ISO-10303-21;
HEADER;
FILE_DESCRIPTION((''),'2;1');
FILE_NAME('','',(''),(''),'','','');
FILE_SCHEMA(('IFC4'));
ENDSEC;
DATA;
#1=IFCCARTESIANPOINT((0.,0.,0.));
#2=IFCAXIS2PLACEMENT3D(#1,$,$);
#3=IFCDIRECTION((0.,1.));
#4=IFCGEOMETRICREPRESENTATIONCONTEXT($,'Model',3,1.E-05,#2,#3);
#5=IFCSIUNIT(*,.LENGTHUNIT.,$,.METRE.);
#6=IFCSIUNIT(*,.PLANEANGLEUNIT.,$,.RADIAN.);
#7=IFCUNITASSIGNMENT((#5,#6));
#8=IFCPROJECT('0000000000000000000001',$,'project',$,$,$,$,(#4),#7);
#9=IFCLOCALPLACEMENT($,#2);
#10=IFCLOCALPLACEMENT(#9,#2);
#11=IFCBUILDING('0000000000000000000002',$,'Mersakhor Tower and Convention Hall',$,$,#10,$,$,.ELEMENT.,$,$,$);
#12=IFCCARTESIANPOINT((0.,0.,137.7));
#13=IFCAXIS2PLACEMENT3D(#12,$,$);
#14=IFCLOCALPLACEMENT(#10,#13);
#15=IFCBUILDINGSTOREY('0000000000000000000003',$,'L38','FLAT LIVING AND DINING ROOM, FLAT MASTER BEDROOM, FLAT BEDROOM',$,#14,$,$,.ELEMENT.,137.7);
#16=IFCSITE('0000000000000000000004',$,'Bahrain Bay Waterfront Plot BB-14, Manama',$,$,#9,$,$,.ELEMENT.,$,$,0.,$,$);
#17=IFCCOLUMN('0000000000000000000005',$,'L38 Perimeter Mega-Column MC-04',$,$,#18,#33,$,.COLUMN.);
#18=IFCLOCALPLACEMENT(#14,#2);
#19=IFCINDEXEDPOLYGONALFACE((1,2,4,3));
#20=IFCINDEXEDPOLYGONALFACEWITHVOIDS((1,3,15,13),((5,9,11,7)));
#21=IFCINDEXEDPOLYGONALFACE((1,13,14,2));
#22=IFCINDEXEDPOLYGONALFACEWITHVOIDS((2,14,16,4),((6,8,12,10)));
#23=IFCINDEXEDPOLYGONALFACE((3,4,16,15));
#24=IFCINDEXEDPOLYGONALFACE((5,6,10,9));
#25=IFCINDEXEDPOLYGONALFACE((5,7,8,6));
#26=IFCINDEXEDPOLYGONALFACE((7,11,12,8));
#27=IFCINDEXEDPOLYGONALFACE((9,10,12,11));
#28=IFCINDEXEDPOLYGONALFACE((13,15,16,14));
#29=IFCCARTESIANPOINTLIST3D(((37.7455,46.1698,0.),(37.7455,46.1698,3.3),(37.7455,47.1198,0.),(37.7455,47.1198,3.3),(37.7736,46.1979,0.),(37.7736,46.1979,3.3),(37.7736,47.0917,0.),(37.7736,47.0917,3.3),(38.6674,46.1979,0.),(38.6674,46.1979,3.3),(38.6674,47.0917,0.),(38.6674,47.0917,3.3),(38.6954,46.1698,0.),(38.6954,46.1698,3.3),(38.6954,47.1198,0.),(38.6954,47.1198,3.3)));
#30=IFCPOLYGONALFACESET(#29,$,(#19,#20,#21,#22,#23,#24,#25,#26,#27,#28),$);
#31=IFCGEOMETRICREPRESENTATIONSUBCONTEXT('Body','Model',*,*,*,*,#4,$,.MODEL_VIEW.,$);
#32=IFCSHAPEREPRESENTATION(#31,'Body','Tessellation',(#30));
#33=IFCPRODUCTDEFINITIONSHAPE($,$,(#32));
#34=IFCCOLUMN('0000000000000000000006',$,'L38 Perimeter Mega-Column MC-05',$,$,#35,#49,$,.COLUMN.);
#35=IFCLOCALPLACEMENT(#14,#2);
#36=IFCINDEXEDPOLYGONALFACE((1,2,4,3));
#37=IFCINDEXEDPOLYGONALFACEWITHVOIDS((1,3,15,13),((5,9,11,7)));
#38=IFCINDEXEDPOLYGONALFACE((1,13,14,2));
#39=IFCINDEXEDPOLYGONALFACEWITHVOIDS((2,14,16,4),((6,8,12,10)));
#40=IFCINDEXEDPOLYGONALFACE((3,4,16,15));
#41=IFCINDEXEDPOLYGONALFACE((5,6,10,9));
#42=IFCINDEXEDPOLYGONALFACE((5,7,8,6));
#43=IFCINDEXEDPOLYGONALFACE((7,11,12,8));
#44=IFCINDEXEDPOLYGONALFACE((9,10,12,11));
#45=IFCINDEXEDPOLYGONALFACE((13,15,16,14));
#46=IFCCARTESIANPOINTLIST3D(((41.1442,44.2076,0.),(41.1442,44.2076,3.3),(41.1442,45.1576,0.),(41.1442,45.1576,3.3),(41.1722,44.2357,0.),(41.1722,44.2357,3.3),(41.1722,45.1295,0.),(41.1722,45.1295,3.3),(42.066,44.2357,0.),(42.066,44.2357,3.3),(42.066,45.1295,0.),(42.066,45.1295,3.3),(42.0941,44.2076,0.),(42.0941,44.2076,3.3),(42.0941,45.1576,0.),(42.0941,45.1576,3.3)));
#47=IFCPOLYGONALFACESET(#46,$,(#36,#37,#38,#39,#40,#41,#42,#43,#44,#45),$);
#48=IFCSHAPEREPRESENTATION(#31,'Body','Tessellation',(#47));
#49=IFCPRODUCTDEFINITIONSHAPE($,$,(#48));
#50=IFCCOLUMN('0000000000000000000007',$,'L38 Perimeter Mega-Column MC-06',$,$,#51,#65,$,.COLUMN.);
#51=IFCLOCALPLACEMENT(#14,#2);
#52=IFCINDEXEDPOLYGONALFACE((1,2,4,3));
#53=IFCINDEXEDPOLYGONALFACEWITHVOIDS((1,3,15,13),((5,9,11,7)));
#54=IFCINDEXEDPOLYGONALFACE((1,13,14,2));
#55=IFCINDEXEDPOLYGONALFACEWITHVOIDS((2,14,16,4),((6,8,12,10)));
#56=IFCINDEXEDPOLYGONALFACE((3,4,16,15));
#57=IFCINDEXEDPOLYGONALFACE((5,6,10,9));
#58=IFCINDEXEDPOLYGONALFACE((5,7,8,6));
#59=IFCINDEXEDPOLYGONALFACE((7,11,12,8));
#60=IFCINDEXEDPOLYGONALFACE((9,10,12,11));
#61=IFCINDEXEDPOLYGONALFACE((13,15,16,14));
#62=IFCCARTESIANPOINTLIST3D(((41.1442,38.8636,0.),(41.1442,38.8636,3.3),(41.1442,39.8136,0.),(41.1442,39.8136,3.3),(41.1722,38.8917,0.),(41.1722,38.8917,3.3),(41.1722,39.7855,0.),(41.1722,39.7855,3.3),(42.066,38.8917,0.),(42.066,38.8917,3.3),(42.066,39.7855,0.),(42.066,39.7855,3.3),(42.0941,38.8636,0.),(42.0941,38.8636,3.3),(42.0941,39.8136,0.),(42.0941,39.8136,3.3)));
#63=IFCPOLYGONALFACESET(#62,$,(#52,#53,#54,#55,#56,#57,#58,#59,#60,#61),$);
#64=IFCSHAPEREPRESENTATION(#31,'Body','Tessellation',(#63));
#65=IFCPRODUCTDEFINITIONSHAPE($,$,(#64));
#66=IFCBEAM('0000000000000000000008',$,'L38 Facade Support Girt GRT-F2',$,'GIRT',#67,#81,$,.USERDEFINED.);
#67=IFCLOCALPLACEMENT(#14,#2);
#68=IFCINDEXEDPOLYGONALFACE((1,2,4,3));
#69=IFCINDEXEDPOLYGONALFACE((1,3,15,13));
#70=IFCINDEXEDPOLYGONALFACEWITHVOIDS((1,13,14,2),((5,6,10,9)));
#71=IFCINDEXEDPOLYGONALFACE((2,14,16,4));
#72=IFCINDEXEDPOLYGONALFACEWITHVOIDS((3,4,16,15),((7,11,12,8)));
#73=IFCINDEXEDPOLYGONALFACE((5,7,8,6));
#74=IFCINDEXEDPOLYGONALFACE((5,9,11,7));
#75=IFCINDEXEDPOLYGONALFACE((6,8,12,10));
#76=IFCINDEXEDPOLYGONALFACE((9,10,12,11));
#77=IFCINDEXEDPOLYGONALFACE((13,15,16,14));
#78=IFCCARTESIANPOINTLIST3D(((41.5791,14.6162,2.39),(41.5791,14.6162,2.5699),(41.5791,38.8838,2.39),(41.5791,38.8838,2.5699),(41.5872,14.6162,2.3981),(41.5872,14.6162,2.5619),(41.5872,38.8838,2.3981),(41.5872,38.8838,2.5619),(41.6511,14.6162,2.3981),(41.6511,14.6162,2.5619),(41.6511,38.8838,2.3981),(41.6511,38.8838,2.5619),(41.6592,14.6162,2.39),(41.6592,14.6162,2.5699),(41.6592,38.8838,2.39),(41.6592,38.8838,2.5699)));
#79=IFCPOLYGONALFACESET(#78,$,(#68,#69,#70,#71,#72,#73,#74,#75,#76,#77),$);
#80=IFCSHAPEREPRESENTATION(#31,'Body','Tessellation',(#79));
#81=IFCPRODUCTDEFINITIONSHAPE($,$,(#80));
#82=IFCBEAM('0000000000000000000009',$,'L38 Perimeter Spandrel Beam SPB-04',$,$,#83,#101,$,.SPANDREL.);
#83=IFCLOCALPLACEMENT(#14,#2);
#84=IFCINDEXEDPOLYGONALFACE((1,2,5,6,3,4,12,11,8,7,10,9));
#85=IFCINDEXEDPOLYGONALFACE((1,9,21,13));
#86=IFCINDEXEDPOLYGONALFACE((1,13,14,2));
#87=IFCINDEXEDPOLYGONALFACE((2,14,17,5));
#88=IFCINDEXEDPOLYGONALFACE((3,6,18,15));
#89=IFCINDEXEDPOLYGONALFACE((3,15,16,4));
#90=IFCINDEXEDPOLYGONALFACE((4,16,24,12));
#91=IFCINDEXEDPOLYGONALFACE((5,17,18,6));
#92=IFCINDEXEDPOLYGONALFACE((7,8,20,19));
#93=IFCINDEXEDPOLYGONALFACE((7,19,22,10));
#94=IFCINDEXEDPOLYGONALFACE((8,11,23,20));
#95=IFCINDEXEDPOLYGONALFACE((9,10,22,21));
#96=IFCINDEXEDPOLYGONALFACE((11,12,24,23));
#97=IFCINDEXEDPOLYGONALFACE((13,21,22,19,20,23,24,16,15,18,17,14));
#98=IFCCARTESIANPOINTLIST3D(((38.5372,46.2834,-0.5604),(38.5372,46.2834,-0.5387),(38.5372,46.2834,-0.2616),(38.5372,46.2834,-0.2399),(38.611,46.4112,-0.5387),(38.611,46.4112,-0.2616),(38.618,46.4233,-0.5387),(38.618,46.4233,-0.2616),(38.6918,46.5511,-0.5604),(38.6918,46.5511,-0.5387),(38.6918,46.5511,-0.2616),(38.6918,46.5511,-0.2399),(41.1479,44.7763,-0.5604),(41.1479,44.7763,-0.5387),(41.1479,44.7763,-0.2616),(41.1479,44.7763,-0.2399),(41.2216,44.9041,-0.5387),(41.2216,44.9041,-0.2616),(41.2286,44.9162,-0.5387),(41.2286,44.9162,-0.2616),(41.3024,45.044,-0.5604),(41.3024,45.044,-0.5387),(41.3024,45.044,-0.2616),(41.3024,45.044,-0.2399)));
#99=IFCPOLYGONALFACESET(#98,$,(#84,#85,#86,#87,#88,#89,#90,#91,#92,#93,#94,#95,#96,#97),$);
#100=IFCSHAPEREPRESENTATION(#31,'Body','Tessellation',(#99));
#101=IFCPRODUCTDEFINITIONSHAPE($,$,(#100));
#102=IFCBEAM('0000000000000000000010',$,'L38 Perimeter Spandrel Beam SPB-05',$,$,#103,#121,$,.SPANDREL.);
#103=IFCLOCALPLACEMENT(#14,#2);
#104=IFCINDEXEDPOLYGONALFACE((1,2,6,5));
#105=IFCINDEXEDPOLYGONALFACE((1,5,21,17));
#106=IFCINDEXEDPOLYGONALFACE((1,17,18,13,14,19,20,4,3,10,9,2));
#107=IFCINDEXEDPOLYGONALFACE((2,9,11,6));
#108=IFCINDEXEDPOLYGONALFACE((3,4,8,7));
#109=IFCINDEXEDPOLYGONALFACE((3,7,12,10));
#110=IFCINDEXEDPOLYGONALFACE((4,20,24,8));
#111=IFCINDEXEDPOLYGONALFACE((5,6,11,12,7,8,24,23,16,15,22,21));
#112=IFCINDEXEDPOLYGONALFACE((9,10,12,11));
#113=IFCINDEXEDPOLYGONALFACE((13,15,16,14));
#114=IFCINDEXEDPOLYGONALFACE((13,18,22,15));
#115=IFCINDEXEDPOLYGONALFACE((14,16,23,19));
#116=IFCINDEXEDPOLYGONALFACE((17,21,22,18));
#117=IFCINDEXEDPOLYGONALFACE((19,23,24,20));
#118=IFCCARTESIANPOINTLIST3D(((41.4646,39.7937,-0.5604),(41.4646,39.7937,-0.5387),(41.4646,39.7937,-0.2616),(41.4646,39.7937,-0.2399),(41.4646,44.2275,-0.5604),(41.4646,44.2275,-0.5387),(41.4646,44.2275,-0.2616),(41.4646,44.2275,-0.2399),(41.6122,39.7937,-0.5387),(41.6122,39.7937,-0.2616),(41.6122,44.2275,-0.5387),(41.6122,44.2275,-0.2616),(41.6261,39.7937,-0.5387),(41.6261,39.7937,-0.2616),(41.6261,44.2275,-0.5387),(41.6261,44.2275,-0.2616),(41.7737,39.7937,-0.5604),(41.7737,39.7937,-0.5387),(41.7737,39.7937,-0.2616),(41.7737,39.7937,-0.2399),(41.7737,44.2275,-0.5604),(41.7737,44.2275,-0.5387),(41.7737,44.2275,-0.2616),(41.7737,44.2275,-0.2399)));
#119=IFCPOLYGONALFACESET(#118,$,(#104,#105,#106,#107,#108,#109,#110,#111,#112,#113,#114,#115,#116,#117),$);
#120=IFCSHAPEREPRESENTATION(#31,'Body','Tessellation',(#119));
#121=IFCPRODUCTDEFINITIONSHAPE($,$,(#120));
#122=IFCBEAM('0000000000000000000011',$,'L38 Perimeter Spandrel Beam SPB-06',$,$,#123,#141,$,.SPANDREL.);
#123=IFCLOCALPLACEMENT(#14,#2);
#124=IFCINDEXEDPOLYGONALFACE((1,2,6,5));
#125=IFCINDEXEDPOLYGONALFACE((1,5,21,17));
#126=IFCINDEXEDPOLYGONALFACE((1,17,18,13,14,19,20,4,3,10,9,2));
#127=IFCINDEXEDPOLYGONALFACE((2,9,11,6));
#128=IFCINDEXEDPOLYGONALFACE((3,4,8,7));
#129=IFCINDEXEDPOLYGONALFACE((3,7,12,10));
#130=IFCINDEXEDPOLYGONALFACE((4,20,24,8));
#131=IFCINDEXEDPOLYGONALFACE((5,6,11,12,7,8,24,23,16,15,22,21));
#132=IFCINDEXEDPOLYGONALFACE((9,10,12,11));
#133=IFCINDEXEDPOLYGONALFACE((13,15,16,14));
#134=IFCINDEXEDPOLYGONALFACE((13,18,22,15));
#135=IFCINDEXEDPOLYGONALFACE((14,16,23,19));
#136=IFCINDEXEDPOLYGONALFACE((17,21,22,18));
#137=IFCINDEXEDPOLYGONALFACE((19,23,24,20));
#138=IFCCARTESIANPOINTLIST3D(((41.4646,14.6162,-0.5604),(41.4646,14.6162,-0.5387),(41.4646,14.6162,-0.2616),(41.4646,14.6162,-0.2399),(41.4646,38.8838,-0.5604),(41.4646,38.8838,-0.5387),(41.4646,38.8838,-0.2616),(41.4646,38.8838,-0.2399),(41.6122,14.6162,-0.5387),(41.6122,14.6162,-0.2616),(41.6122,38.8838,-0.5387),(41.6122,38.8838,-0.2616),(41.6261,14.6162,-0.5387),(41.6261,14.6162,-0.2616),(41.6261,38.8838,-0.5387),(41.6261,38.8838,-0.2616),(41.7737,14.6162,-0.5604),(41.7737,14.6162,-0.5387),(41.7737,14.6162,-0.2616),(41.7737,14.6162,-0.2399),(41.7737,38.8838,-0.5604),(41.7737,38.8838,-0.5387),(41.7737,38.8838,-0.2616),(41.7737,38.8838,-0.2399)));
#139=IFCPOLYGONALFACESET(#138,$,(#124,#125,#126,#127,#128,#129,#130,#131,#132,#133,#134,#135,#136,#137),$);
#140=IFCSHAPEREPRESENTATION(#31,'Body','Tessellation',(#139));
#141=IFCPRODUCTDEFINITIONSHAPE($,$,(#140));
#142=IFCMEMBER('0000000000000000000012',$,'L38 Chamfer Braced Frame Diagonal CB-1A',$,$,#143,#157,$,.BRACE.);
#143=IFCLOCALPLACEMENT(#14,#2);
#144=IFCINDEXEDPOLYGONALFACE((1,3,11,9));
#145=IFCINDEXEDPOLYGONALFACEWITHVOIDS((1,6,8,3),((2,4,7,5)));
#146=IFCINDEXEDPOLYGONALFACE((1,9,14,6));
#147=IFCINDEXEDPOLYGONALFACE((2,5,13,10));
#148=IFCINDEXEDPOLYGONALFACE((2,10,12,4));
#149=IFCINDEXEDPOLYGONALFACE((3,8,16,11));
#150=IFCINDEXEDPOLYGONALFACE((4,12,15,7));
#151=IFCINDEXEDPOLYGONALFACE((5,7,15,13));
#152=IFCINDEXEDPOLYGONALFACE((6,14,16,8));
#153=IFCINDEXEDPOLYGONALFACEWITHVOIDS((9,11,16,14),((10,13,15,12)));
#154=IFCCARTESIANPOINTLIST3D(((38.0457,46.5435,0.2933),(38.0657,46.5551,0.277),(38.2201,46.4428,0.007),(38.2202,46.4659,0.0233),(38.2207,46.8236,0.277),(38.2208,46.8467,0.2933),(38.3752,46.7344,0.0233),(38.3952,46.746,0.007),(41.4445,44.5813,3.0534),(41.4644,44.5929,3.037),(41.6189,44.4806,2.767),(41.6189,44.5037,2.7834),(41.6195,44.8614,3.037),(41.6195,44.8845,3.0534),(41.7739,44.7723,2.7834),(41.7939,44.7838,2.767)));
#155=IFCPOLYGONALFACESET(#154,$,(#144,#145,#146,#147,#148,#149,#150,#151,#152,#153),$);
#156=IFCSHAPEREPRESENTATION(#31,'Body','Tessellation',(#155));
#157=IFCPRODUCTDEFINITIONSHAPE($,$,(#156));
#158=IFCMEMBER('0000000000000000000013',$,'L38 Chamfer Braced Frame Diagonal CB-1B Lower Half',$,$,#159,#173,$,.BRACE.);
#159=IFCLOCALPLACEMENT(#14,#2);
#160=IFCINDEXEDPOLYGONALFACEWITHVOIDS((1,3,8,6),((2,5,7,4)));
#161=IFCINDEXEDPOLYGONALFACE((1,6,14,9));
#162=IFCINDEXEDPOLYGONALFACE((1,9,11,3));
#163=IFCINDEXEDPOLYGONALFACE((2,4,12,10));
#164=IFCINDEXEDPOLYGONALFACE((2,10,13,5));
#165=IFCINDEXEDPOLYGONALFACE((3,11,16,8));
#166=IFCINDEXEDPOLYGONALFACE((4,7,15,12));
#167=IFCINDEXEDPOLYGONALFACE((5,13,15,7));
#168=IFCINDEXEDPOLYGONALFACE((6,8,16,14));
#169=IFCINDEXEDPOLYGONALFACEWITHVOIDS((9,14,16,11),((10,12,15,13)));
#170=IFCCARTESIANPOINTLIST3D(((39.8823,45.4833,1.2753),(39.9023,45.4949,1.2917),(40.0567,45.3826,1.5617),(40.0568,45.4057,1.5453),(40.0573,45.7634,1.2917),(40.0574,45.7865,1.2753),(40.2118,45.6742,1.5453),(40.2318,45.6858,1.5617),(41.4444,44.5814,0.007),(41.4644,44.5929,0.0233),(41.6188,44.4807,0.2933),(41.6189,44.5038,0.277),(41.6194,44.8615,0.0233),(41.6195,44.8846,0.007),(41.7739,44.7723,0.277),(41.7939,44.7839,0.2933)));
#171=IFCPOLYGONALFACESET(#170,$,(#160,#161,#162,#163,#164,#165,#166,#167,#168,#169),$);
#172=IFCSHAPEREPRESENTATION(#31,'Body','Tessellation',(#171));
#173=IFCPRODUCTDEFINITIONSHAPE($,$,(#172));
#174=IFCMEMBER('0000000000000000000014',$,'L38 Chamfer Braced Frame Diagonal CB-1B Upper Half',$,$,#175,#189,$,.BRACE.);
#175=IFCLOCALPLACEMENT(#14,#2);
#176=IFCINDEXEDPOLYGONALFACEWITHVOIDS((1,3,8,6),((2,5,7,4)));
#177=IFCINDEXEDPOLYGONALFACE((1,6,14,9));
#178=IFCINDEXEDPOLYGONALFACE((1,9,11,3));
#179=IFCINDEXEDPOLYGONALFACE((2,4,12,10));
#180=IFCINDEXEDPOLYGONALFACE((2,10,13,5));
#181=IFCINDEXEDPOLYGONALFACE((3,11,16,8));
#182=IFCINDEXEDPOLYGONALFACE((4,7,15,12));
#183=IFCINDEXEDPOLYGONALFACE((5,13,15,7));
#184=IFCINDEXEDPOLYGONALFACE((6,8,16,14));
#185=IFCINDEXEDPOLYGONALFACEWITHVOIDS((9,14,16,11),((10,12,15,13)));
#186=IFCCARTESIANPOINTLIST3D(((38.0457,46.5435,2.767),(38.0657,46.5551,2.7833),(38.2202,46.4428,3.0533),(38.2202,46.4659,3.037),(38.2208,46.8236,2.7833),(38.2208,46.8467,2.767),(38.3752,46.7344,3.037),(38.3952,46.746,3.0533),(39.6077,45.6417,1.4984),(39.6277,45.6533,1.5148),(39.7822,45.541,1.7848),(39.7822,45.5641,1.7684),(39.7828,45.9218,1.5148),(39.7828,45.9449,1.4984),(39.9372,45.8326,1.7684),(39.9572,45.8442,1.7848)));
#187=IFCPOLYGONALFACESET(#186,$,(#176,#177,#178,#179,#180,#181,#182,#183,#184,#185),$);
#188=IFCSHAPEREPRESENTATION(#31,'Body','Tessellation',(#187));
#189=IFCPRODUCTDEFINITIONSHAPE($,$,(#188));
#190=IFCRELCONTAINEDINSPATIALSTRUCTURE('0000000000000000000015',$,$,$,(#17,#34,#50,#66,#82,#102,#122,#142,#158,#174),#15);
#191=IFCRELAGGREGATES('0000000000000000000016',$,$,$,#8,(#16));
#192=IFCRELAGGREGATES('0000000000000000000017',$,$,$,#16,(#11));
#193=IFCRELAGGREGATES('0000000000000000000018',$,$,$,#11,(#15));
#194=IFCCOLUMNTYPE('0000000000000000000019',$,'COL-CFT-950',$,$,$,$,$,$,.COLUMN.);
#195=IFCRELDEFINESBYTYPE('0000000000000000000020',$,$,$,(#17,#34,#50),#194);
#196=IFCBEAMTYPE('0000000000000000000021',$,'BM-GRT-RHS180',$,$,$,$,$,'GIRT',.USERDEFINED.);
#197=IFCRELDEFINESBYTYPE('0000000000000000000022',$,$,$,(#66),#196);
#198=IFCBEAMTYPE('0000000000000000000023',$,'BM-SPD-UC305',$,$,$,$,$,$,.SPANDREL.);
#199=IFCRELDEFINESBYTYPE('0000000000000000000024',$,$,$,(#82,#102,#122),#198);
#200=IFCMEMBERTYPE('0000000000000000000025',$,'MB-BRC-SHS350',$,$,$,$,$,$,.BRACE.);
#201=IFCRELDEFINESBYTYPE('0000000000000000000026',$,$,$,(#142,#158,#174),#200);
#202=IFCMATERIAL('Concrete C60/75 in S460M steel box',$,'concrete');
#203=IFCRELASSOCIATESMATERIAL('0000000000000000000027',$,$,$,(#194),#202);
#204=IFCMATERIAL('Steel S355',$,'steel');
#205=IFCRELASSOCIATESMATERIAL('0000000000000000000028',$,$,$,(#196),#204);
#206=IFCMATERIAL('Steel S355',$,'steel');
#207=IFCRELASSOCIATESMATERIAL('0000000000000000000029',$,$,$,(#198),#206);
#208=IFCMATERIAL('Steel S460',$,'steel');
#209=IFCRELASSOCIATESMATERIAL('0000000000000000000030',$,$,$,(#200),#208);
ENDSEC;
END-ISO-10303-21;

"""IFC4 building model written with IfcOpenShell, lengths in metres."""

from ifc_helpers import new_model, si_unit, direction, frame, origin, origin_2d, place, context, subcontext, project, spatial, hollow_rectangle, i_section, extrude, material, material_profile, profile_set, type_object, element, save


model = new_model("IFC4")

# Units and contexts
model_context = context("Model", 3, precision=1e-05, world=origin(), true_north=direction((0.0, 1.0)))
body_context = subcontext(model_context, "Body", "Model", "MODEL_VIEW")
ifc_project = project(units=[si_unit("LENGTHUNIT", "METRE"), si_unit("PLANEANGLEUNIT", "RADIAN")], contexts=[model_context])

# Site, building, storey
site_placement = place(None, origin())
site = spatial("IfcSite", under=ifc_project, at=site_placement, Name="Bahrain Bay Waterfront Plot BB-14, Manama", CompositionType="ELEMENT", RefElevation=0.0)
building_placement = place(site_placement, origin())
building = spatial("IfcBuilding", under=site, at=building_placement, Name="Mersakhor Tower and Convention Hall", CompositionType="ELEMENT")
storey_placement = place(building_placement, frame((0.0, 0.0, 137.7)))
storey = spatial("IfcBuildingStorey", under=building, at=storey_placement, Name="L38", Description="FLAT LIVING AND DINING ROOM, FLAT MASTER BEDROOM, FLAT BEDROOM", CompositionType="ELEMENT", Elevation=137.7)

# Columns
ifc_material_1 = material(Name="Concrete C60/75 in S460M steel box", Category="concrete")
ifc_material_profile_1 = material_profile(ifc_material_1, hollow_rectangle(XDim=0.95, YDim=0.95, WallThickness=0.0281, at=origin_2d()), Name="SHS 950x950x28")
ifc_profile_set_1 = profile_set([ifc_material_profile_1], Name="Concrete C60/75 in S460M steel box")
column_type = type_object("IfcColumnType", Name="COL-CFT-950", PredefinedType="COLUMN", material=ifc_profile_set_1)
for number, where, z_axis, x_axis, name in (
    (1, (38.2205, 46.6448, 0.0), (0.0, 0.0, 1.0), (1.0, 0.0, 0.0), "L38 Perimeter Mega-Column MC-04"),
    (2, (41.6191, 44.6826, 0.0), (0.0, 0.0, 1.0), (1.0, 0.0, 0.0), "L38 Perimeter Mega-Column MC-05"),
    (3, (41.6191, 39.3386, 0.0), (0.0, 0.0, 1.0), (1.0, 0.0, 0.0), "L38 Perimeter Mega-Column MC-06"),
):
    element("IfcColumn", number, at=place(storey_placement, frame(where, z_axis=z_axis, x_axis=x_axis)), inside=storey, type_object=column_type, Name=name, PredefinedType="COLUMN", context=body_context, shape_type="SweptSolid", body=[
        extrude(hollow_rectangle(XDim=0.95, YDim=0.95, WallThickness=0.0281, at=origin_2d()), origin(), (0.0, 0.0, 1.0), 3.3),
    ])

# Beams
ifc_material_2 = material(Name="Steel S355", Category="steel")
ifc_material_profile_2 = material_profile(ifc_material_2, hollow_rectangle(XDim=0.0801, YDim=0.1799, WallThickness=0.0081, at=origin_2d()), Name="RHS 180x80x8")
ifc_profile_set_2 = profile_set([ifc_material_profile_2], Name="Steel S355")
beam_type_1 = type_object("IfcBeamType", Name="BM-GRT-RHS180", ElementType="GIRT", PredefinedType="USERDEFINED", material=ifc_profile_set_2)
beam_1_placement = place(storey_placement, frame((41.6191, 38.8838, 2.48), z_axis=(0.0, -1.0, 0.0), x_axis=(1.0, 0.0, 0.0)))
element("IfcBeam", 4, at=beam_1_placement, inside=storey, type_object=beam_type_1, Name="L38 Facade Support Girt GRT-F2", ObjectType="GIRT", PredefinedType="USERDEFINED", context=body_context, shape_type="SweptSolid", body=[
    extrude(hollow_rectangle(XDim=0.0801, YDim=0.1799, WallThickness=0.0081, at=origin_2d()), origin(), (0.0, 0.0, 1.0), 24.2676),
])
ifc_material_3 = material(Name="Steel S355", Category="steel")
ifc_material_profile_3 = material_profile(ifc_material_3, i_section(OverallWidth=0.3091, OverallDepth=0.3206, WebThickness=0.0139, FlangeThickness=0.0217, at=origin_2d()), Name="UC 305x305x137")
ifc_profile_set_3 = profile_set([ifc_material_profile_3], Name="Steel S355")
beam_type_2 = type_object("IfcBeamType", Name="BM-SPD-UC305", PredefinedType="SPANDREL", material=ifc_profile_set_3)
beam_2_placement = place(storey_placement, frame((38.6145, 46.4172, -0.4001), z_axis=(0.866047, -0.499963, 0.0), x_axis=(0.499963, 0.866047, 0.0)))
element("IfcBeam", 5, at=beam_2_placement, inside=storey, type_object=beam_type_2, Name="L38 Perimeter Spandrel Beam SPB-04", PredefinedType="SPANDREL", context=body_context, shape_type="SweptSolid", body=[
    extrude(i_section(OverallWidth=0.3091, OverallDepth=0.3206, WebThickness=0.0139, FlangeThickness=0.0217, at=origin_2d()), origin(), (0.0, 0.0, 1.0), 3.0144),
])
beam_3_placement = place(storey_placement, frame((41.6191, 44.2275, -0.4001), z_axis=(0.0, -1.0, 0.0), x_axis=(1.0, 0.0, 0.0)))
element("IfcBeam", 6, at=beam_3_placement, inside=storey, type_object=beam_type_2, Name="L38 Perimeter Spandrel Beam SPB-05", PredefinedType="SPANDREL", context=body_context, shape_type="SweptSolid", body=[
    extrude(i_section(OverallWidth=0.3091, OverallDepth=0.3206, WebThickness=0.0139, FlangeThickness=0.0217, at=origin_2d()), origin(), (0.0, 0.0, 1.0), 4.4338),
])
beam_4_placement = place(storey_placement, frame((41.6191, 38.8838, -0.4001), z_axis=(0.0, -1.0, 0.0), x_axis=(1.0, 0.0, 0.0)))
element("IfcBeam", 7, at=beam_4_placement, inside=storey, type_object=beam_type_2, Name="L38 Perimeter Spandrel Beam SPB-06", PredefinedType="SPANDREL", context=body_context, shape_type="SweptSolid", body=[
    extrude(i_section(OverallWidth=0.3091, OverallDepth=0.3206, WebThickness=0.0139, FlangeThickness=0.0217, at=origin_2d()), origin(), (0.0, 0.0, 1.0), 24.2676),
])

# Members
ifc_material_4 = material(Name="Steel S460", Category="steel")
ifc_material_profile_4 = material_profile(ifc_material_4, hollow_rectangle(XDim=0.3501, YDim=0.3501, WallThickness=0.02, at=origin_2d()), Name="SHS 350x350x20")
ifc_profile_set_4 = profile_set([ifc_material_profile_4], Name="Steel S460")
member_type = type_object("IfcMemberType", Name="MB-BRC-SHS350", PredefinedType="BRACE", material=ifc_profile_set_4)
member_placement = place(storey_placement, frame((38.2205, 46.6448, 0.1501), z_axis=(0.708385, -0.408972, 0.575267), x_axis=(0.499986, 0.866033, 0.0)))
element("IfcMember", 8, at=member_placement, inside=storey, type_object=member_type, Name="L38 Chamfer Braced Frame Diagonal CB-1A", PredefinedType="BRACE", context=body_context, shape_type="SweptSolid", body=[
    extrude(hollow_rectangle(XDim=0.3501, YDim=0.3501, WallThickness=0.02, at=origin_2d()), origin(), (0.0, 0.0, 1.0), 4.7979),
])
for number, where, z_axis, x_axis, name in (
    (9, (41.6191, 44.6826, 0.1501), (-0.708409, 0.409013, 0.575209), (-0.500011, -0.866019, 0.0), "L38 Chamfer Braced Frame Diagonal CB-1B Lower Half"),
    (10, (39.7825, 45.7429, 1.6416), (-0.708364, 0.408987, 0.575283), (-0.500011, -0.866019, 0.0), "L38 Chamfer Braced Frame Diagonal CB-1B Upper Half"),
):
    element("IfcMember", number, at=place(storey_placement, frame(where, z_axis=z_axis, x_axis=x_axis)), inside=storey, type_object=member_type, Name=name, PredefinedType="BRACE", context=body_context, shape_type="SweptSolid", body=[
        extrude(hollow_rectangle(XDim=0.3501, YDim=0.3501, WallThickness=0.02, at=origin_2d()), origin(), (0.0, 0.0, 1.0), 2.2051),
    ])

save(model, "model.ifc")
